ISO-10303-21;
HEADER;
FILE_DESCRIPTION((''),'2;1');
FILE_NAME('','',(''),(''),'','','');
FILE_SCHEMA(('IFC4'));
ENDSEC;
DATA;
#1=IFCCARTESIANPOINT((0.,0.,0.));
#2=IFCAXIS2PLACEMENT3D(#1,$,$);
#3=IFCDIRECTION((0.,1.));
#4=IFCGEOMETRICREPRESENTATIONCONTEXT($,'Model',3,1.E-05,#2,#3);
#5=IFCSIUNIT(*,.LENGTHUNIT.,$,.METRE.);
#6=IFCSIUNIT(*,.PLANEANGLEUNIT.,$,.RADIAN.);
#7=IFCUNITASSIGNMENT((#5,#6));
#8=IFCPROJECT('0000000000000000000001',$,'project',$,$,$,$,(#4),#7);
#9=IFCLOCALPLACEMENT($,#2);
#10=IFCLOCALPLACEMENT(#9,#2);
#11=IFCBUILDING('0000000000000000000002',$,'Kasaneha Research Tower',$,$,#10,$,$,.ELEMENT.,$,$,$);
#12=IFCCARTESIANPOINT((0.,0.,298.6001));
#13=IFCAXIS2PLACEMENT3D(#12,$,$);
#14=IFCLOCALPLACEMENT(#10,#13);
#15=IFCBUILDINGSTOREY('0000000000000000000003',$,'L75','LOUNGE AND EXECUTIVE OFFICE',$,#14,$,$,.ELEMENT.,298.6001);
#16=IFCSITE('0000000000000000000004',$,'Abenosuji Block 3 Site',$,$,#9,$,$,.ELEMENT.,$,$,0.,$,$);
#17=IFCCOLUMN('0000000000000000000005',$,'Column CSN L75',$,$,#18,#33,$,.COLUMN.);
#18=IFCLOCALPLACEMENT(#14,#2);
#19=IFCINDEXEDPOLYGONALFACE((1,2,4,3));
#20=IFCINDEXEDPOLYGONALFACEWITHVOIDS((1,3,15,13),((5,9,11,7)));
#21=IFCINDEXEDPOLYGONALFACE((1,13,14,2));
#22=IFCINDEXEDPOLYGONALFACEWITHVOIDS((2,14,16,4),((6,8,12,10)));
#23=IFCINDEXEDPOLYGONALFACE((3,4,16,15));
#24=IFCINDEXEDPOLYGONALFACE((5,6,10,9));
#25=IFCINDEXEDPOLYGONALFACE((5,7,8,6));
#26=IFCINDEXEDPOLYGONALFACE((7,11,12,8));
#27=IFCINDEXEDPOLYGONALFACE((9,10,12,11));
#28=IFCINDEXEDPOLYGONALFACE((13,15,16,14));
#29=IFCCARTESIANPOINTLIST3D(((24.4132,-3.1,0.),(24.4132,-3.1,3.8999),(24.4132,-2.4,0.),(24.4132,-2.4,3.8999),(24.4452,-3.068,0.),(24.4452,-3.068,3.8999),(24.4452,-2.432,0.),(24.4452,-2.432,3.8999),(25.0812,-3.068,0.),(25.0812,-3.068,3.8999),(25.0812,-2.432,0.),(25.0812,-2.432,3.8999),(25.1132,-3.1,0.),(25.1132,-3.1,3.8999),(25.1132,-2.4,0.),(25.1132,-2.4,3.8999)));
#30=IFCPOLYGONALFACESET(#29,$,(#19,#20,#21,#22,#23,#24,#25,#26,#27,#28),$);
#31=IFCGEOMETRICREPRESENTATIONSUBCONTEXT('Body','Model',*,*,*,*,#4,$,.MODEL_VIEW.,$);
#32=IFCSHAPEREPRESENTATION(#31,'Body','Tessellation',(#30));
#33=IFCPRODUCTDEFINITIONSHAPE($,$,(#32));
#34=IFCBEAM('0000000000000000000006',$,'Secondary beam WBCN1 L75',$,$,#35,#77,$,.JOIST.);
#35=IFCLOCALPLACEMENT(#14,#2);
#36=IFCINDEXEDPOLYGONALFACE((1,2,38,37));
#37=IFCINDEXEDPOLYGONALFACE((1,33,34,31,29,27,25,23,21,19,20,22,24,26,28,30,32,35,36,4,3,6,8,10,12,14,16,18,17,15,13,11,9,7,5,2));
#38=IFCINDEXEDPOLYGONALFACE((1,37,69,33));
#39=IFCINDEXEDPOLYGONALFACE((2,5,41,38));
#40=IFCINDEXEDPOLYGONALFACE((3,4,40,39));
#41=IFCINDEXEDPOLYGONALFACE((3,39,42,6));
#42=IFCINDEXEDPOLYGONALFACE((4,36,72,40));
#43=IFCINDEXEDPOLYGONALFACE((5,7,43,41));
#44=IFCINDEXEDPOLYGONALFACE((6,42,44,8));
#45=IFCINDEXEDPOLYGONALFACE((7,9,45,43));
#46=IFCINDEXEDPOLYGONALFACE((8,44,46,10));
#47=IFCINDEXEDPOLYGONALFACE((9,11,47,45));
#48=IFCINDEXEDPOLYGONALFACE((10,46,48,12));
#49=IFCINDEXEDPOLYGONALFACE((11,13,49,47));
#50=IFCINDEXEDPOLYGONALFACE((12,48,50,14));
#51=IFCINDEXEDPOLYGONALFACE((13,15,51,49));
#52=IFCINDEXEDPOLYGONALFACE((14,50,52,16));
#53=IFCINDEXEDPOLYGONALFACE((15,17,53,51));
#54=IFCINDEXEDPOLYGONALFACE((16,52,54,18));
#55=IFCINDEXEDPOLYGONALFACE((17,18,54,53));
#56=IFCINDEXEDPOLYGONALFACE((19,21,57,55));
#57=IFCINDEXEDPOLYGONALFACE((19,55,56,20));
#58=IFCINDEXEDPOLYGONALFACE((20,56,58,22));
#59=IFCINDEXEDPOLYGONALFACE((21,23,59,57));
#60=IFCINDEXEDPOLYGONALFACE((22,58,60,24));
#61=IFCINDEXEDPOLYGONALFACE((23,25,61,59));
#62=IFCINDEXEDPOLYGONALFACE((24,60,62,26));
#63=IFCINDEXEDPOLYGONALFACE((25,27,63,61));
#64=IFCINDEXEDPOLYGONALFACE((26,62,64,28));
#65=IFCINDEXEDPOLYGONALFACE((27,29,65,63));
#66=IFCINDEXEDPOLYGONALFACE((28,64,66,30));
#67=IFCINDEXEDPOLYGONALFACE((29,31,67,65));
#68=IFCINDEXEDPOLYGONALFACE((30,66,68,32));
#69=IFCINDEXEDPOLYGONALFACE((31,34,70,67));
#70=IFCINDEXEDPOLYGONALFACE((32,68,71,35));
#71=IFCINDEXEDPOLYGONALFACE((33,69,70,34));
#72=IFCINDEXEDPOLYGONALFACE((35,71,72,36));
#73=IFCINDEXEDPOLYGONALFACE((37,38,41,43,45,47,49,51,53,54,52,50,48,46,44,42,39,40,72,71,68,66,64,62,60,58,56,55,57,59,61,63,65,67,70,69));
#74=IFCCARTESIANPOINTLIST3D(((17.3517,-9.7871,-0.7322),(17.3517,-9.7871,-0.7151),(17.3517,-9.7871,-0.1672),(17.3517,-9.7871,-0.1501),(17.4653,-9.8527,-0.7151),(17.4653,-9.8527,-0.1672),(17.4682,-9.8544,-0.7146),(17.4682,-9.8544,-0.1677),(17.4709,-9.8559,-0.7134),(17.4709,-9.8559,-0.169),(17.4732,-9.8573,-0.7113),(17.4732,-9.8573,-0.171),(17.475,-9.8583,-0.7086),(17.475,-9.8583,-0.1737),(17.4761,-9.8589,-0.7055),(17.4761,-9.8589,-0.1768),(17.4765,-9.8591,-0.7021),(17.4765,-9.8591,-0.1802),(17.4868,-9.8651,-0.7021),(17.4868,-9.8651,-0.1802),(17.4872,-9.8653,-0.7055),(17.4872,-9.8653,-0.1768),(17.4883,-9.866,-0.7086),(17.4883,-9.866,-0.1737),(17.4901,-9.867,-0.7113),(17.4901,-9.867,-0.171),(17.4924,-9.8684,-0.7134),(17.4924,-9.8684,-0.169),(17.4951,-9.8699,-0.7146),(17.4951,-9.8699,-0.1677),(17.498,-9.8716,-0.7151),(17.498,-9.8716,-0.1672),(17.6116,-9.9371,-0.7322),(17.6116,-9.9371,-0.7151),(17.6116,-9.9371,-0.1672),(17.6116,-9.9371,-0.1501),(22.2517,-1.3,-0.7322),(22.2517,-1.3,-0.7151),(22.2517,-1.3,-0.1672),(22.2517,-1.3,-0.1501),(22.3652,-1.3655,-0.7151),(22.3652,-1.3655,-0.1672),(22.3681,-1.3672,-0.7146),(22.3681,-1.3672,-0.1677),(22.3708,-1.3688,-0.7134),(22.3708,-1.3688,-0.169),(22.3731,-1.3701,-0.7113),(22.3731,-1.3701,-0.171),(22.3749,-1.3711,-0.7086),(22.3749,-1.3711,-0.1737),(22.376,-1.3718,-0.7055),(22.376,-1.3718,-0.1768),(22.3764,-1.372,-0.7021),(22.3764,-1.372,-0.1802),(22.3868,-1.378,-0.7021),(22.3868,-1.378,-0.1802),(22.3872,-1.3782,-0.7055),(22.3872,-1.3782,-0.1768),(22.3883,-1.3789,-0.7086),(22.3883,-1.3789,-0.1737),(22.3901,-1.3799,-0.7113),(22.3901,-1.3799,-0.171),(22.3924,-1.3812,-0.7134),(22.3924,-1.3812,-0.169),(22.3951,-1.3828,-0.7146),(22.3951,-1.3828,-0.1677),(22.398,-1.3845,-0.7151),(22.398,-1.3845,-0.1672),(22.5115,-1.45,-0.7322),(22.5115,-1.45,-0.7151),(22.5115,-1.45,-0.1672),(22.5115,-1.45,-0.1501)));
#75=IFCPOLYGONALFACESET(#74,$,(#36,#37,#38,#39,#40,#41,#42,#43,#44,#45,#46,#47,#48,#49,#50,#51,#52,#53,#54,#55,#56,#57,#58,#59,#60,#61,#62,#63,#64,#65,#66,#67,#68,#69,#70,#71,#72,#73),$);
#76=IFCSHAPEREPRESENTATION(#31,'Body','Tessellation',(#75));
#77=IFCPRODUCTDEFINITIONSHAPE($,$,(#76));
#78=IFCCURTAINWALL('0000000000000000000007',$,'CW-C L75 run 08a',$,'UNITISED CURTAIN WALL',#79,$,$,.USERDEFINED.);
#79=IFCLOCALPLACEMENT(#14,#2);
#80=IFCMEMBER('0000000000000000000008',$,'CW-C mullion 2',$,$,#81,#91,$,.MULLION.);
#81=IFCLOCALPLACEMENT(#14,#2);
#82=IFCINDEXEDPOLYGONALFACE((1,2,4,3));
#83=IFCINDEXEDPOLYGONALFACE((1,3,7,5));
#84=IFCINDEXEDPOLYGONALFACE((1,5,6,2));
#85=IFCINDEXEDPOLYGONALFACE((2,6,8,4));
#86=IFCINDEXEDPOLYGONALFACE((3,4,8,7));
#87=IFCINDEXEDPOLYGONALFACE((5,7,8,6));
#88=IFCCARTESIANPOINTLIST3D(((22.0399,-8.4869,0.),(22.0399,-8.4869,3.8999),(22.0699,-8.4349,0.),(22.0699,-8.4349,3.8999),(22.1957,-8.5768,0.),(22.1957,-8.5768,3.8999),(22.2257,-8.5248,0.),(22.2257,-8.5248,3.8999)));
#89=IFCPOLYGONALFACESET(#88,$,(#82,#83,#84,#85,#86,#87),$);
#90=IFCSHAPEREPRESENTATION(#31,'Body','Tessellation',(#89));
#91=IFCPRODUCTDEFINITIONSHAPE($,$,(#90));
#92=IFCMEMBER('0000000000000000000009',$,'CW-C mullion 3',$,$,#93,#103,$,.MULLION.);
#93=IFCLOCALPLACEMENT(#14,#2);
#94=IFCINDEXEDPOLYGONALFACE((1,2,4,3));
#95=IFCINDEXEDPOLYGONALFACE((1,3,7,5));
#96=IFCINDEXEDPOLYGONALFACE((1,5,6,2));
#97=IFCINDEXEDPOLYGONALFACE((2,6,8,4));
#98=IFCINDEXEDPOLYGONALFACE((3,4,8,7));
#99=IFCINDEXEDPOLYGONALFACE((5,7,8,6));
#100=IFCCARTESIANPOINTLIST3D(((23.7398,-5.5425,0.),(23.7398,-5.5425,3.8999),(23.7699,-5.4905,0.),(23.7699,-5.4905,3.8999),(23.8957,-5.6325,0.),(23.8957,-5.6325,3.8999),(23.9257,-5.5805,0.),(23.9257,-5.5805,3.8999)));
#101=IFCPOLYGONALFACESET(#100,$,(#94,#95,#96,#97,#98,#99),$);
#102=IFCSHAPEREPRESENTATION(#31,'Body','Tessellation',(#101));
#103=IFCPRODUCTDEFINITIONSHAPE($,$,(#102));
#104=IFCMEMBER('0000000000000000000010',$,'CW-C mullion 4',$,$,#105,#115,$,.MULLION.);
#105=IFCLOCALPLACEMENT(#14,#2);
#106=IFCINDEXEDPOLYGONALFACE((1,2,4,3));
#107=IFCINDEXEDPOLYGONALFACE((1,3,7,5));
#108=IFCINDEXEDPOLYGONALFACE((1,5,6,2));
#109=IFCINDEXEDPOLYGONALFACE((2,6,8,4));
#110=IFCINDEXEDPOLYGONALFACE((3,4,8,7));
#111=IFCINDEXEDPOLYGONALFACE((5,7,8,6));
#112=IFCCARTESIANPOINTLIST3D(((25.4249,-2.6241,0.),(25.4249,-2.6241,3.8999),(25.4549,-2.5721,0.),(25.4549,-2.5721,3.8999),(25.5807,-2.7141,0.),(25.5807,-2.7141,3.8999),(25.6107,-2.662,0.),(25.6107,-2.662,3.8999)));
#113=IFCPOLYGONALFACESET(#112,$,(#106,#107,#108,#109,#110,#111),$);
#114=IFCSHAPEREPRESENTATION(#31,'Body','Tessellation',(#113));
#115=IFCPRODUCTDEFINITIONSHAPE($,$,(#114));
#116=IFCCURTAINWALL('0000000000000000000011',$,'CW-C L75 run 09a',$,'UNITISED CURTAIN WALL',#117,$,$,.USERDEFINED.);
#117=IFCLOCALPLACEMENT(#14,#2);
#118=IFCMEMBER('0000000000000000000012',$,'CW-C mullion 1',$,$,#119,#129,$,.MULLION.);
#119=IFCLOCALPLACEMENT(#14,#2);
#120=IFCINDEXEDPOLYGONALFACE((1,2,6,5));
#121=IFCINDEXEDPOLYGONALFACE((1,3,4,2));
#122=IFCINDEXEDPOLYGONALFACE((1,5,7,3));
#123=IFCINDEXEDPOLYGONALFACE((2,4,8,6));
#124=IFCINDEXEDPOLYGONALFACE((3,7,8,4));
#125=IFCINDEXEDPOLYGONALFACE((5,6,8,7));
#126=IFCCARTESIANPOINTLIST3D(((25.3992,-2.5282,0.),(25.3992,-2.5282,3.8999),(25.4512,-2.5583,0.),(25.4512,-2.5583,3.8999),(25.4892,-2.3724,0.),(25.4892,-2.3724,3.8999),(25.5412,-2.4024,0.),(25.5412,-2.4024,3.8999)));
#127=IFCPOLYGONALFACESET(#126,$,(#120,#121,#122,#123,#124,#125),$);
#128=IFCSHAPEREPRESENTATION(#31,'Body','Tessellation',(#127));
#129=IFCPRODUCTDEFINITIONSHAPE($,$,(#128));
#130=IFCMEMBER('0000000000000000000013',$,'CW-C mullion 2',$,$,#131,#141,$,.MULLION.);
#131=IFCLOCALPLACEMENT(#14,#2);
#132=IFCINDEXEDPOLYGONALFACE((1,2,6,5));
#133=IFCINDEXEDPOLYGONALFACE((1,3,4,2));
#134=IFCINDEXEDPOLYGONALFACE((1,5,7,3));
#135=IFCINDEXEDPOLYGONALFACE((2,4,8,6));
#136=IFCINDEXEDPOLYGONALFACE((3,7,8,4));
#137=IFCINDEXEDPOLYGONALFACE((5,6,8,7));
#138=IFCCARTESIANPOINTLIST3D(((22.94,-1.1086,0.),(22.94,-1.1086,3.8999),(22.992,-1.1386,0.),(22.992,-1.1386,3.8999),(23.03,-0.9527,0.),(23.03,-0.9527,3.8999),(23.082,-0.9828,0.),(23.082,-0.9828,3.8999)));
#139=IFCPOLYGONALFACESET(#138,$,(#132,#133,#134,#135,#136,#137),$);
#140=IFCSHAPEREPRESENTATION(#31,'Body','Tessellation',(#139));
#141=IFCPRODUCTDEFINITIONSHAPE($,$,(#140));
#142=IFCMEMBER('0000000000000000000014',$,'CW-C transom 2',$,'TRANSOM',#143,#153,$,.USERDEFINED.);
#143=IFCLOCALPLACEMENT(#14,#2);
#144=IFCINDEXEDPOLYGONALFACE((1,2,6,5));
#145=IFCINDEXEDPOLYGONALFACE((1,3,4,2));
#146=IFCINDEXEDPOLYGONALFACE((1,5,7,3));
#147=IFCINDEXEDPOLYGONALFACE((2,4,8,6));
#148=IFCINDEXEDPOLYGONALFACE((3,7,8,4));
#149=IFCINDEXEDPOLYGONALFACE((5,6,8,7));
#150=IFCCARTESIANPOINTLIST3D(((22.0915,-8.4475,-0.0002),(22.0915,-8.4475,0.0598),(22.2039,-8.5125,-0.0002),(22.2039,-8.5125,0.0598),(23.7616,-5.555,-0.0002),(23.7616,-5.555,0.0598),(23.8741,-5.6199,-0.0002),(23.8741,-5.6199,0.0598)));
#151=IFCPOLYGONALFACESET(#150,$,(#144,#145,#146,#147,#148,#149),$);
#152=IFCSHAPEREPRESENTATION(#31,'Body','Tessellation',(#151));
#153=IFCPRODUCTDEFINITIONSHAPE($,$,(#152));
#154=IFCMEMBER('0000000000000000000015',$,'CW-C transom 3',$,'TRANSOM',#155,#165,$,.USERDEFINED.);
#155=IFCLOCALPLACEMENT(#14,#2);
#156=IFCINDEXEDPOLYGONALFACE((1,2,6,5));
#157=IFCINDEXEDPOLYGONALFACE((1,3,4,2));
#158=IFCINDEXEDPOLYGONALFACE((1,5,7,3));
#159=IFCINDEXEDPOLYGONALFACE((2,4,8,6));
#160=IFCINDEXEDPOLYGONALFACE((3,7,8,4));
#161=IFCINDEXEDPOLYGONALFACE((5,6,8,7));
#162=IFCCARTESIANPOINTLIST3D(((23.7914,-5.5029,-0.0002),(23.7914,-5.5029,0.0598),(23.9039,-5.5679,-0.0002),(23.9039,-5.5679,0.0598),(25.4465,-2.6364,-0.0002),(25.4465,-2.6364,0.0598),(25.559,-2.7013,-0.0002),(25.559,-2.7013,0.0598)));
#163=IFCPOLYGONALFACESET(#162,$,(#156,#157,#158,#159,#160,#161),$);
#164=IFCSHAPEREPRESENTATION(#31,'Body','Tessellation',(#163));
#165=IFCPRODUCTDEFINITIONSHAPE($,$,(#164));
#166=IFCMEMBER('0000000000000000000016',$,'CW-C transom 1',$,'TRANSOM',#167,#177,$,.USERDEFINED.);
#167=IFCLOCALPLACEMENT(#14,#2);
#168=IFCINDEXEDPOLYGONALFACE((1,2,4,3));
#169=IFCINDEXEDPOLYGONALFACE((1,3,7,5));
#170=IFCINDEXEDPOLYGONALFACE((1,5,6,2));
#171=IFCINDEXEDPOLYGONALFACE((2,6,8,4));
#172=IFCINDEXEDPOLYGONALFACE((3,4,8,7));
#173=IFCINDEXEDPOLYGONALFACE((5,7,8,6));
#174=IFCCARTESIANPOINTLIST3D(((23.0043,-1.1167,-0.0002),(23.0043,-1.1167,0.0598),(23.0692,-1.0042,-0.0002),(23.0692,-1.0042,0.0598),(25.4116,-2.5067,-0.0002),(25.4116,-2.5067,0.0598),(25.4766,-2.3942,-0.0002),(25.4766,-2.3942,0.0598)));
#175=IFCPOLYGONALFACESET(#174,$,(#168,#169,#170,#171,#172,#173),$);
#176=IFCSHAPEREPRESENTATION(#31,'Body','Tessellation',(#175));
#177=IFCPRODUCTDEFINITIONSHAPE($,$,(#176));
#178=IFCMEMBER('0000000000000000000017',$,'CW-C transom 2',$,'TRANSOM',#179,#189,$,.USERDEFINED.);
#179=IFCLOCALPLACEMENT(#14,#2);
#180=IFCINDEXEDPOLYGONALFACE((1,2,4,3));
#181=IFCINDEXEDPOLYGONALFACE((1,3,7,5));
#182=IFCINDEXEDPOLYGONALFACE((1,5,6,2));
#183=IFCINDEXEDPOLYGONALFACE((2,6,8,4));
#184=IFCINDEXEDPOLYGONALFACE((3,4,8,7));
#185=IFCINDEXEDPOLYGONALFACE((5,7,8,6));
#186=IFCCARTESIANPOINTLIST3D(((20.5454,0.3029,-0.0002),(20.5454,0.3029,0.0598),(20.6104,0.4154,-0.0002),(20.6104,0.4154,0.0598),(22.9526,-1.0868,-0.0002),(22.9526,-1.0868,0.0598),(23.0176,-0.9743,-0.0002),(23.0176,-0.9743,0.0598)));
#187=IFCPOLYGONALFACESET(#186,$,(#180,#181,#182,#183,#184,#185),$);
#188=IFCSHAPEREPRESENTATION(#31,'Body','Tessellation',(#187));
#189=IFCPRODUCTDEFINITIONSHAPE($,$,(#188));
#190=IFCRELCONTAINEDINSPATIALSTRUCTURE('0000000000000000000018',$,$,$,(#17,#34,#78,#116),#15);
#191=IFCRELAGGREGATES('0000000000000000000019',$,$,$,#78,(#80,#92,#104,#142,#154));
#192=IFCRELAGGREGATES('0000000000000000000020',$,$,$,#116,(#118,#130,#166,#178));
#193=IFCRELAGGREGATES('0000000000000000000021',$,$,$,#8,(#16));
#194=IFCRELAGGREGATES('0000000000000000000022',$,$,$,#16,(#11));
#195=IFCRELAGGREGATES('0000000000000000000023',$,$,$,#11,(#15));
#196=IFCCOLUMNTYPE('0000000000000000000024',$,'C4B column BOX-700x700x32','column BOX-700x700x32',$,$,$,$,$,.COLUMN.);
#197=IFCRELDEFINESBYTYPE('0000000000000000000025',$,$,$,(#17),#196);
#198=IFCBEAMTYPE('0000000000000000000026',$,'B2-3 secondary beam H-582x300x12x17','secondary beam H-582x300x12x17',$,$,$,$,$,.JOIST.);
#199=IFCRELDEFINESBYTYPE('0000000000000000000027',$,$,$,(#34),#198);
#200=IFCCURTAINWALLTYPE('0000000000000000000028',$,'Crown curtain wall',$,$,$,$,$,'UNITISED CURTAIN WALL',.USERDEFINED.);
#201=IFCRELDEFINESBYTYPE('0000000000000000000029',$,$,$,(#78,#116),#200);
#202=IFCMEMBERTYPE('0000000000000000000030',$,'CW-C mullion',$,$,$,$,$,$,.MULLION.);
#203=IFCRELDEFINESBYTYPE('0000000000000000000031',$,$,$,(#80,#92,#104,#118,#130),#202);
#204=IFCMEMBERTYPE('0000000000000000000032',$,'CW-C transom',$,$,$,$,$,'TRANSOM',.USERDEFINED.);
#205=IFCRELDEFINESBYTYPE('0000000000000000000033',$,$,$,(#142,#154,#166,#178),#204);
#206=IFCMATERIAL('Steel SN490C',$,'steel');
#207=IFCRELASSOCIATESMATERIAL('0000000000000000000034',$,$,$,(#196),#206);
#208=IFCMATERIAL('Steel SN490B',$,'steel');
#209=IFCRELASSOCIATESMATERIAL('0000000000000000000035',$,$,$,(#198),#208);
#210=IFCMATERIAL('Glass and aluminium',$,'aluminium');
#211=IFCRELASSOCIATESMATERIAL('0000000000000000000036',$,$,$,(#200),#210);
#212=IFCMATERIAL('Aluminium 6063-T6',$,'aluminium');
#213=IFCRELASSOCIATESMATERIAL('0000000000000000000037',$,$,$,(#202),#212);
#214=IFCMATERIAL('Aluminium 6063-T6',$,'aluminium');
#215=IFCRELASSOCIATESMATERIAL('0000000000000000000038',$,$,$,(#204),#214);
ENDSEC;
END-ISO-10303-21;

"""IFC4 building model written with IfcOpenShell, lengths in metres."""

from ifc_helpers import new_model, si_unit, direction, frame, origin, origin_2d, place, context, subcontext, project, spatial, rectangle, hollow_rectangle, i_section, extrude, material, material_profile, profile_set, type_object, element, aggregate, save


model = new_model("IFC4")

# Units and contexts
model_context = context("Model", 3, precision=1e-05, world=origin(), true_north=direction((0.0, 1.0)))
body_context = subcontext(model_context, "Body", "Model", "MODEL_VIEW")
ifc_project = project(units=[si_unit("LENGTHUNIT", "METRE"), si_unit("PLANEANGLEUNIT", "RADIAN")], contexts=[model_context])

# Site, building, storey
site_placement = place(None, origin())
site = spatial("IfcSite", under=ifc_project, at=site_placement, Name="Abenosuji Block 3 Site", CompositionType="ELEMENT", RefElevation=0.0)
building_placement = place(site_placement, origin())
building = spatial("IfcBuilding", under=site, at=building_placement, Name="Kasaneha Research Tower", CompositionType="ELEMENT")
storey_placement = place(building_placement, frame((0.0, 0.0, 298.6001)))
storey = spatial("IfcBuildingStorey", under=building, at=storey_placement, Name="L75", Description="LOUNGE AND EXECUTIVE OFFICE", CompositionType="ELEMENT", Elevation=298.6001)

# Column
ifc_material_1 = material(Name="Steel SN490C", Category="steel")
ifc_material_profile_1 = material_profile(ifc_material_1, hollow_rectangle(XDim=0.7, YDim=0.7, WallThickness=0.032, at=origin_2d()), Name="BOX-700x700x32")
ifc_profile_set_1 = profile_set([ifc_material_profile_1], Name="Steel SN490C")
column_type = type_object("IfcColumnType", Name="C4B column BOX-700x700x32", Description="column BOX-700x700x32", PredefinedType="COLUMN", material=ifc_profile_set_1)
column_placement = place(storey_placement, frame((24.7632, -2.75, 0.0), z_axis=(0.0, 0.0, 1.0), x_axis=(1.0, 0.0, 0.0)))
element("IfcColumn", 1, at=column_placement, inside=storey, type_object=column_type, Name="Column CSN L75", PredefinedType="COLUMN", context=body_context, shape_type="SweptSolid", body=[
    extrude(hollow_rectangle(XDim=0.7, YDim=0.7, WallThickness=0.032, at=origin_2d()), origin(), (0.0, 0.0, 1.0), 3.8999),
])

# Beam
ifc_material_2 = material(Name="Steel SN490B", Category="steel")
ifc_material_profile_2 = material_profile(ifc_material_2, i_section(OverallWidth=0.3, OverallDepth=0.582, WebThickness=0.012, FlangeThickness=0.0171, FilletRadius=0.0129, at=origin_2d()), Name="H-582x300x12x17")
ifc_profile_set_2 = profile_set([ifc_material_profile_2], Name="Steel SN490B")
beam_type_1 = type_object("IfcBeamType", Name="B2-3 secondary beam H-582x300x12x17", Description="secondary beam H-582x300x12x17", PredefinedType="JOIST", material=ifc_profile_set_2)
beam_1_placement = place(storey_placement, frame((22.3816, -1.375, -0.4412), z_axis=(-0.499992, -0.86603, 0.0), x_axis=(0.86603, -0.499992, 0.0)))
element("IfcBeam", 2, at=beam_1_placement, inside=storey, type_object=beam_type_1, Name="Secondary beam WBCN1 L75", PredefinedType="JOIST", context=body_context, shape_type="SweptSolid", body=[
    extrude(i_section(OverallWidth=0.3, OverallDepth=0.582, WebThickness=0.012, FlangeThickness=0.0171, FilletRadius=0.0129, at=origin_2d()), origin(), (0.0, 0.0, 1.0), 9.8),
])

# Curtain walls, members
ifc_material_3 = material(Name="Glass and aluminium", Category="aluminium")
curtain_wall_type = type_object("IfcCurtainWallType", Name="Crown curtain wall", ElementType="UNITISED CURTAIN WALL", PredefinedType="USERDEFINED", material=ifc_material_3)
curtain_wall_1_placement = place(storey_placement, origin())
curtain_wall_1 = element("IfcCurtainWall", 3, at=curtain_wall_1_placement, inside=storey, type_object=curtain_wall_type, Name="CW-C L75 run 08a", ObjectType="UNITISED CURTAIN WALL", PredefinedType="USERDEFINED")
ifc_material_4 = material(Name="Aluminium 6063-T6", Category="aluminium")
ifc_material_profile_3 = material_profile(ifc_material_4, rectangle(XDim=0.0601, YDim=0.1799, at=origin_2d()), Name="CW-C mullion 60x180")
ifc_profile_set_3 = profile_set([ifc_material_profile_3], Name="Aluminium 6063-T6")
member_type_1 = type_object("IfcMemberType", Name="CW-C mullion", PredefinedType="MULLION", material=ifc_profile_set_3)
member_1_placement = place(storey_placement, frame((22.1328, -8.5059, 0.0), z_axis=(0.0, 0.0, 1.0), x_axis=(0.5, 0.866025, 0.0)))
member_1 = element("IfcMember", 4, at=member_1_placement, type_object=member_type_1, Name="CW-C mullion 2", PredefinedType="MULLION", context=body_context, shape_type="SweptSolid", body=[
    extrude(rectangle(XDim=0.0601, YDim=0.1799, at=origin_2d()), origin(), (0.0, 0.0, 1.0), 3.8999),
])
member_2_placement = place(storey_placement, frame((23.8328, -5.5615, 0.0), z_axis=(0.0, 0.0, 1.0), x_axis=(0.5, 0.866025, 0.0)))
member_2 = element("IfcMember", 5, at=member_2_placement, type_object=member_type_1, Name="CW-C mullion 3", PredefinedType="MULLION", context=body_context, shape_type="SweptSolid", body=[
    extrude(rectangle(XDim=0.0601, YDim=0.1799, at=origin_2d()), origin(), (0.0, 0.0, 1.0), 3.8999),
])
member_3_placement = place(storey_placement, frame((25.5178, -2.6431, 0.0), z_axis=(0.0, 0.0, 1.0), x_axis=(0.5, 0.866025, 0.0)))
member_3 = element("IfcMember", 6, at=member_3_placement, type_object=member_type_1, Name="CW-C mullion 4", PredefinedType="MULLION", context=body_context, shape_type="SweptSolid", body=[
    extrude(rectangle(XDim=0.0601, YDim=0.1799, at=origin_2d()), origin(), (0.0, 0.0, 1.0), 3.8999),
])
curtain_wall_2_placement = place(storey_placement, origin())
curtain_wall_2 = element("IfcCurtainWall", 7, at=curtain_wall_2_placement, inside=storey, type_object=curtain_wall_type, Name="CW-C L75 run 09a", ObjectType="UNITISED CURTAIN WALL", PredefinedType="USERDEFINED")
member_4_placement = place(storey_placement, frame((25.4702, -2.4653, 0.0), z_axis=(0.0, 0.0, 1.0), x_axis=(-0.866025, 0.5, 0.0)))
member_4 = element("IfcMember", 8, at=member_4_placement, type_object=member_type_1, Name="CW-C mullion 1", PredefinedType="MULLION", context=body_context, shape_type="SweptSolid", body=[
    extrude(rectangle(XDim=0.0601, YDim=0.1799, at=origin_2d()), origin(), (0.0, 0.0, 1.0), 3.8999),
])
member_5_placement = place(storey_placement, frame((23.011, -1.0457, 0.0), z_axis=(0.0, 0.0, 1.0), x_axis=(-0.866025, 0.5, 0.0)))
member_5 = element("IfcMember", 9, at=member_5_placement, type_object=member_type_1, Name="CW-C mullion 2", PredefinedType="MULLION", context=body_context, shape_type="SweptSolid", body=[
    extrude(rectangle(XDim=0.0601, YDim=0.1799, at=origin_2d()), origin(), (0.0, 0.0, 1.0), 3.8999),
])

# Members
ifc_material_5 = material(Name="Aluminium 6063-T6", Category="aluminium")
ifc_material_profile_4 = material_profile(ifc_material_5, rectangle(XDim=0.1299, YDim=0.0601, at=origin_2d()), Name="CW-C transom 130x60")
ifc_profile_set_4 = profile_set([ifc_material_profile_4], Name="Aluminium 6063-T6")
member_type_2 = type_object("IfcMemberType", Name="CW-C transom", ElementType="TRANSOM", PredefinedType="USERDEFINED", material=ifc_profile_set_4)
member_6_placement = place(storey_placement, frame((22.1477, -8.48, 0.0298), z_axis=(0.50003, 0.866008, 0.0), x_axis=(-0.866008, 0.50003, 0.0)))
member_6 = element("IfcMember", 10, at=member_6_placement, type_object=member_type_2, Name="CW-C transom 2", ObjectType="TRANSOM", PredefinedType="USERDEFINED", context=body_context, shape_type="SweptSolid", body=[
    extrude(rectangle(XDim=0.1299, YDim=0.0601, at=origin_2d()), origin(), (0.0, 0.0, 1.0), 3.3401),
])
member_7_placement = place(storey_placement, frame((23.8477, -5.5354, 0.0298), z_axis=(0.500018, 0.866015, 0.0), x_axis=(-0.866015, 0.500018, 0.0)))
member_7 = element("IfcMember", 11, at=member_7_placement, type_object=member_type_2, Name="CW-C transom 3", ObjectType="TRANSOM", PredefinedType="USERDEFINED", context=body_context, shape_type="SweptSolid", body=[
    extrude(rectangle(XDim=0.1299, YDim=0.0601, at=origin_2d()), origin(), (0.0, 0.0, 1.0), 3.3101),
])
member_8_placement = place(storey_placement, frame((25.4441, -2.4504, 0.0298), z_axis=(-0.866013, 0.500021, 0.0), x_axis=(-0.500021, -0.866013, 0.0)))
member_8 = element("IfcMember", 12, at=member_8_placement, type_object=member_type_2, Name="CW-C transom 1", ObjectType="TRANSOM", PredefinedType="USERDEFINED", context=body_context, shape_type="SweptSolid", body=[
    extrude(rectangle(XDim=0.1299, YDim=0.0601, at=origin_2d()), origin(), (0.0, 0.0, 1.0), 2.7798),
])
member_9_placement = place(storey_placement, frame((22.9851, -1.0305, 0.0298), z_axis=(-0.866051, 0.499956, 0.0), x_axis=(-0.499956, -0.866051, 0.0)))
member_9 = element("IfcMember", 13, at=member_9_placement, type_object=member_type_2, Name="CW-C transom 2", ObjectType="TRANSOM", PredefinedType="USERDEFINED", context=body_context, shape_type="SweptSolid", body=[
    extrude(rectangle(XDim=0.1299, YDim=0.0601, at=origin_2d()), origin(), (0.0, 0.0, 1.0), 2.7795),
])

aggregate(curtain_wall_1, [member_1, member_2, member_3, member_6, member_7])
aggregate(curtain_wall_2, [member_4, member_5, member_8, member_9])

save(model, "model.ifc")
